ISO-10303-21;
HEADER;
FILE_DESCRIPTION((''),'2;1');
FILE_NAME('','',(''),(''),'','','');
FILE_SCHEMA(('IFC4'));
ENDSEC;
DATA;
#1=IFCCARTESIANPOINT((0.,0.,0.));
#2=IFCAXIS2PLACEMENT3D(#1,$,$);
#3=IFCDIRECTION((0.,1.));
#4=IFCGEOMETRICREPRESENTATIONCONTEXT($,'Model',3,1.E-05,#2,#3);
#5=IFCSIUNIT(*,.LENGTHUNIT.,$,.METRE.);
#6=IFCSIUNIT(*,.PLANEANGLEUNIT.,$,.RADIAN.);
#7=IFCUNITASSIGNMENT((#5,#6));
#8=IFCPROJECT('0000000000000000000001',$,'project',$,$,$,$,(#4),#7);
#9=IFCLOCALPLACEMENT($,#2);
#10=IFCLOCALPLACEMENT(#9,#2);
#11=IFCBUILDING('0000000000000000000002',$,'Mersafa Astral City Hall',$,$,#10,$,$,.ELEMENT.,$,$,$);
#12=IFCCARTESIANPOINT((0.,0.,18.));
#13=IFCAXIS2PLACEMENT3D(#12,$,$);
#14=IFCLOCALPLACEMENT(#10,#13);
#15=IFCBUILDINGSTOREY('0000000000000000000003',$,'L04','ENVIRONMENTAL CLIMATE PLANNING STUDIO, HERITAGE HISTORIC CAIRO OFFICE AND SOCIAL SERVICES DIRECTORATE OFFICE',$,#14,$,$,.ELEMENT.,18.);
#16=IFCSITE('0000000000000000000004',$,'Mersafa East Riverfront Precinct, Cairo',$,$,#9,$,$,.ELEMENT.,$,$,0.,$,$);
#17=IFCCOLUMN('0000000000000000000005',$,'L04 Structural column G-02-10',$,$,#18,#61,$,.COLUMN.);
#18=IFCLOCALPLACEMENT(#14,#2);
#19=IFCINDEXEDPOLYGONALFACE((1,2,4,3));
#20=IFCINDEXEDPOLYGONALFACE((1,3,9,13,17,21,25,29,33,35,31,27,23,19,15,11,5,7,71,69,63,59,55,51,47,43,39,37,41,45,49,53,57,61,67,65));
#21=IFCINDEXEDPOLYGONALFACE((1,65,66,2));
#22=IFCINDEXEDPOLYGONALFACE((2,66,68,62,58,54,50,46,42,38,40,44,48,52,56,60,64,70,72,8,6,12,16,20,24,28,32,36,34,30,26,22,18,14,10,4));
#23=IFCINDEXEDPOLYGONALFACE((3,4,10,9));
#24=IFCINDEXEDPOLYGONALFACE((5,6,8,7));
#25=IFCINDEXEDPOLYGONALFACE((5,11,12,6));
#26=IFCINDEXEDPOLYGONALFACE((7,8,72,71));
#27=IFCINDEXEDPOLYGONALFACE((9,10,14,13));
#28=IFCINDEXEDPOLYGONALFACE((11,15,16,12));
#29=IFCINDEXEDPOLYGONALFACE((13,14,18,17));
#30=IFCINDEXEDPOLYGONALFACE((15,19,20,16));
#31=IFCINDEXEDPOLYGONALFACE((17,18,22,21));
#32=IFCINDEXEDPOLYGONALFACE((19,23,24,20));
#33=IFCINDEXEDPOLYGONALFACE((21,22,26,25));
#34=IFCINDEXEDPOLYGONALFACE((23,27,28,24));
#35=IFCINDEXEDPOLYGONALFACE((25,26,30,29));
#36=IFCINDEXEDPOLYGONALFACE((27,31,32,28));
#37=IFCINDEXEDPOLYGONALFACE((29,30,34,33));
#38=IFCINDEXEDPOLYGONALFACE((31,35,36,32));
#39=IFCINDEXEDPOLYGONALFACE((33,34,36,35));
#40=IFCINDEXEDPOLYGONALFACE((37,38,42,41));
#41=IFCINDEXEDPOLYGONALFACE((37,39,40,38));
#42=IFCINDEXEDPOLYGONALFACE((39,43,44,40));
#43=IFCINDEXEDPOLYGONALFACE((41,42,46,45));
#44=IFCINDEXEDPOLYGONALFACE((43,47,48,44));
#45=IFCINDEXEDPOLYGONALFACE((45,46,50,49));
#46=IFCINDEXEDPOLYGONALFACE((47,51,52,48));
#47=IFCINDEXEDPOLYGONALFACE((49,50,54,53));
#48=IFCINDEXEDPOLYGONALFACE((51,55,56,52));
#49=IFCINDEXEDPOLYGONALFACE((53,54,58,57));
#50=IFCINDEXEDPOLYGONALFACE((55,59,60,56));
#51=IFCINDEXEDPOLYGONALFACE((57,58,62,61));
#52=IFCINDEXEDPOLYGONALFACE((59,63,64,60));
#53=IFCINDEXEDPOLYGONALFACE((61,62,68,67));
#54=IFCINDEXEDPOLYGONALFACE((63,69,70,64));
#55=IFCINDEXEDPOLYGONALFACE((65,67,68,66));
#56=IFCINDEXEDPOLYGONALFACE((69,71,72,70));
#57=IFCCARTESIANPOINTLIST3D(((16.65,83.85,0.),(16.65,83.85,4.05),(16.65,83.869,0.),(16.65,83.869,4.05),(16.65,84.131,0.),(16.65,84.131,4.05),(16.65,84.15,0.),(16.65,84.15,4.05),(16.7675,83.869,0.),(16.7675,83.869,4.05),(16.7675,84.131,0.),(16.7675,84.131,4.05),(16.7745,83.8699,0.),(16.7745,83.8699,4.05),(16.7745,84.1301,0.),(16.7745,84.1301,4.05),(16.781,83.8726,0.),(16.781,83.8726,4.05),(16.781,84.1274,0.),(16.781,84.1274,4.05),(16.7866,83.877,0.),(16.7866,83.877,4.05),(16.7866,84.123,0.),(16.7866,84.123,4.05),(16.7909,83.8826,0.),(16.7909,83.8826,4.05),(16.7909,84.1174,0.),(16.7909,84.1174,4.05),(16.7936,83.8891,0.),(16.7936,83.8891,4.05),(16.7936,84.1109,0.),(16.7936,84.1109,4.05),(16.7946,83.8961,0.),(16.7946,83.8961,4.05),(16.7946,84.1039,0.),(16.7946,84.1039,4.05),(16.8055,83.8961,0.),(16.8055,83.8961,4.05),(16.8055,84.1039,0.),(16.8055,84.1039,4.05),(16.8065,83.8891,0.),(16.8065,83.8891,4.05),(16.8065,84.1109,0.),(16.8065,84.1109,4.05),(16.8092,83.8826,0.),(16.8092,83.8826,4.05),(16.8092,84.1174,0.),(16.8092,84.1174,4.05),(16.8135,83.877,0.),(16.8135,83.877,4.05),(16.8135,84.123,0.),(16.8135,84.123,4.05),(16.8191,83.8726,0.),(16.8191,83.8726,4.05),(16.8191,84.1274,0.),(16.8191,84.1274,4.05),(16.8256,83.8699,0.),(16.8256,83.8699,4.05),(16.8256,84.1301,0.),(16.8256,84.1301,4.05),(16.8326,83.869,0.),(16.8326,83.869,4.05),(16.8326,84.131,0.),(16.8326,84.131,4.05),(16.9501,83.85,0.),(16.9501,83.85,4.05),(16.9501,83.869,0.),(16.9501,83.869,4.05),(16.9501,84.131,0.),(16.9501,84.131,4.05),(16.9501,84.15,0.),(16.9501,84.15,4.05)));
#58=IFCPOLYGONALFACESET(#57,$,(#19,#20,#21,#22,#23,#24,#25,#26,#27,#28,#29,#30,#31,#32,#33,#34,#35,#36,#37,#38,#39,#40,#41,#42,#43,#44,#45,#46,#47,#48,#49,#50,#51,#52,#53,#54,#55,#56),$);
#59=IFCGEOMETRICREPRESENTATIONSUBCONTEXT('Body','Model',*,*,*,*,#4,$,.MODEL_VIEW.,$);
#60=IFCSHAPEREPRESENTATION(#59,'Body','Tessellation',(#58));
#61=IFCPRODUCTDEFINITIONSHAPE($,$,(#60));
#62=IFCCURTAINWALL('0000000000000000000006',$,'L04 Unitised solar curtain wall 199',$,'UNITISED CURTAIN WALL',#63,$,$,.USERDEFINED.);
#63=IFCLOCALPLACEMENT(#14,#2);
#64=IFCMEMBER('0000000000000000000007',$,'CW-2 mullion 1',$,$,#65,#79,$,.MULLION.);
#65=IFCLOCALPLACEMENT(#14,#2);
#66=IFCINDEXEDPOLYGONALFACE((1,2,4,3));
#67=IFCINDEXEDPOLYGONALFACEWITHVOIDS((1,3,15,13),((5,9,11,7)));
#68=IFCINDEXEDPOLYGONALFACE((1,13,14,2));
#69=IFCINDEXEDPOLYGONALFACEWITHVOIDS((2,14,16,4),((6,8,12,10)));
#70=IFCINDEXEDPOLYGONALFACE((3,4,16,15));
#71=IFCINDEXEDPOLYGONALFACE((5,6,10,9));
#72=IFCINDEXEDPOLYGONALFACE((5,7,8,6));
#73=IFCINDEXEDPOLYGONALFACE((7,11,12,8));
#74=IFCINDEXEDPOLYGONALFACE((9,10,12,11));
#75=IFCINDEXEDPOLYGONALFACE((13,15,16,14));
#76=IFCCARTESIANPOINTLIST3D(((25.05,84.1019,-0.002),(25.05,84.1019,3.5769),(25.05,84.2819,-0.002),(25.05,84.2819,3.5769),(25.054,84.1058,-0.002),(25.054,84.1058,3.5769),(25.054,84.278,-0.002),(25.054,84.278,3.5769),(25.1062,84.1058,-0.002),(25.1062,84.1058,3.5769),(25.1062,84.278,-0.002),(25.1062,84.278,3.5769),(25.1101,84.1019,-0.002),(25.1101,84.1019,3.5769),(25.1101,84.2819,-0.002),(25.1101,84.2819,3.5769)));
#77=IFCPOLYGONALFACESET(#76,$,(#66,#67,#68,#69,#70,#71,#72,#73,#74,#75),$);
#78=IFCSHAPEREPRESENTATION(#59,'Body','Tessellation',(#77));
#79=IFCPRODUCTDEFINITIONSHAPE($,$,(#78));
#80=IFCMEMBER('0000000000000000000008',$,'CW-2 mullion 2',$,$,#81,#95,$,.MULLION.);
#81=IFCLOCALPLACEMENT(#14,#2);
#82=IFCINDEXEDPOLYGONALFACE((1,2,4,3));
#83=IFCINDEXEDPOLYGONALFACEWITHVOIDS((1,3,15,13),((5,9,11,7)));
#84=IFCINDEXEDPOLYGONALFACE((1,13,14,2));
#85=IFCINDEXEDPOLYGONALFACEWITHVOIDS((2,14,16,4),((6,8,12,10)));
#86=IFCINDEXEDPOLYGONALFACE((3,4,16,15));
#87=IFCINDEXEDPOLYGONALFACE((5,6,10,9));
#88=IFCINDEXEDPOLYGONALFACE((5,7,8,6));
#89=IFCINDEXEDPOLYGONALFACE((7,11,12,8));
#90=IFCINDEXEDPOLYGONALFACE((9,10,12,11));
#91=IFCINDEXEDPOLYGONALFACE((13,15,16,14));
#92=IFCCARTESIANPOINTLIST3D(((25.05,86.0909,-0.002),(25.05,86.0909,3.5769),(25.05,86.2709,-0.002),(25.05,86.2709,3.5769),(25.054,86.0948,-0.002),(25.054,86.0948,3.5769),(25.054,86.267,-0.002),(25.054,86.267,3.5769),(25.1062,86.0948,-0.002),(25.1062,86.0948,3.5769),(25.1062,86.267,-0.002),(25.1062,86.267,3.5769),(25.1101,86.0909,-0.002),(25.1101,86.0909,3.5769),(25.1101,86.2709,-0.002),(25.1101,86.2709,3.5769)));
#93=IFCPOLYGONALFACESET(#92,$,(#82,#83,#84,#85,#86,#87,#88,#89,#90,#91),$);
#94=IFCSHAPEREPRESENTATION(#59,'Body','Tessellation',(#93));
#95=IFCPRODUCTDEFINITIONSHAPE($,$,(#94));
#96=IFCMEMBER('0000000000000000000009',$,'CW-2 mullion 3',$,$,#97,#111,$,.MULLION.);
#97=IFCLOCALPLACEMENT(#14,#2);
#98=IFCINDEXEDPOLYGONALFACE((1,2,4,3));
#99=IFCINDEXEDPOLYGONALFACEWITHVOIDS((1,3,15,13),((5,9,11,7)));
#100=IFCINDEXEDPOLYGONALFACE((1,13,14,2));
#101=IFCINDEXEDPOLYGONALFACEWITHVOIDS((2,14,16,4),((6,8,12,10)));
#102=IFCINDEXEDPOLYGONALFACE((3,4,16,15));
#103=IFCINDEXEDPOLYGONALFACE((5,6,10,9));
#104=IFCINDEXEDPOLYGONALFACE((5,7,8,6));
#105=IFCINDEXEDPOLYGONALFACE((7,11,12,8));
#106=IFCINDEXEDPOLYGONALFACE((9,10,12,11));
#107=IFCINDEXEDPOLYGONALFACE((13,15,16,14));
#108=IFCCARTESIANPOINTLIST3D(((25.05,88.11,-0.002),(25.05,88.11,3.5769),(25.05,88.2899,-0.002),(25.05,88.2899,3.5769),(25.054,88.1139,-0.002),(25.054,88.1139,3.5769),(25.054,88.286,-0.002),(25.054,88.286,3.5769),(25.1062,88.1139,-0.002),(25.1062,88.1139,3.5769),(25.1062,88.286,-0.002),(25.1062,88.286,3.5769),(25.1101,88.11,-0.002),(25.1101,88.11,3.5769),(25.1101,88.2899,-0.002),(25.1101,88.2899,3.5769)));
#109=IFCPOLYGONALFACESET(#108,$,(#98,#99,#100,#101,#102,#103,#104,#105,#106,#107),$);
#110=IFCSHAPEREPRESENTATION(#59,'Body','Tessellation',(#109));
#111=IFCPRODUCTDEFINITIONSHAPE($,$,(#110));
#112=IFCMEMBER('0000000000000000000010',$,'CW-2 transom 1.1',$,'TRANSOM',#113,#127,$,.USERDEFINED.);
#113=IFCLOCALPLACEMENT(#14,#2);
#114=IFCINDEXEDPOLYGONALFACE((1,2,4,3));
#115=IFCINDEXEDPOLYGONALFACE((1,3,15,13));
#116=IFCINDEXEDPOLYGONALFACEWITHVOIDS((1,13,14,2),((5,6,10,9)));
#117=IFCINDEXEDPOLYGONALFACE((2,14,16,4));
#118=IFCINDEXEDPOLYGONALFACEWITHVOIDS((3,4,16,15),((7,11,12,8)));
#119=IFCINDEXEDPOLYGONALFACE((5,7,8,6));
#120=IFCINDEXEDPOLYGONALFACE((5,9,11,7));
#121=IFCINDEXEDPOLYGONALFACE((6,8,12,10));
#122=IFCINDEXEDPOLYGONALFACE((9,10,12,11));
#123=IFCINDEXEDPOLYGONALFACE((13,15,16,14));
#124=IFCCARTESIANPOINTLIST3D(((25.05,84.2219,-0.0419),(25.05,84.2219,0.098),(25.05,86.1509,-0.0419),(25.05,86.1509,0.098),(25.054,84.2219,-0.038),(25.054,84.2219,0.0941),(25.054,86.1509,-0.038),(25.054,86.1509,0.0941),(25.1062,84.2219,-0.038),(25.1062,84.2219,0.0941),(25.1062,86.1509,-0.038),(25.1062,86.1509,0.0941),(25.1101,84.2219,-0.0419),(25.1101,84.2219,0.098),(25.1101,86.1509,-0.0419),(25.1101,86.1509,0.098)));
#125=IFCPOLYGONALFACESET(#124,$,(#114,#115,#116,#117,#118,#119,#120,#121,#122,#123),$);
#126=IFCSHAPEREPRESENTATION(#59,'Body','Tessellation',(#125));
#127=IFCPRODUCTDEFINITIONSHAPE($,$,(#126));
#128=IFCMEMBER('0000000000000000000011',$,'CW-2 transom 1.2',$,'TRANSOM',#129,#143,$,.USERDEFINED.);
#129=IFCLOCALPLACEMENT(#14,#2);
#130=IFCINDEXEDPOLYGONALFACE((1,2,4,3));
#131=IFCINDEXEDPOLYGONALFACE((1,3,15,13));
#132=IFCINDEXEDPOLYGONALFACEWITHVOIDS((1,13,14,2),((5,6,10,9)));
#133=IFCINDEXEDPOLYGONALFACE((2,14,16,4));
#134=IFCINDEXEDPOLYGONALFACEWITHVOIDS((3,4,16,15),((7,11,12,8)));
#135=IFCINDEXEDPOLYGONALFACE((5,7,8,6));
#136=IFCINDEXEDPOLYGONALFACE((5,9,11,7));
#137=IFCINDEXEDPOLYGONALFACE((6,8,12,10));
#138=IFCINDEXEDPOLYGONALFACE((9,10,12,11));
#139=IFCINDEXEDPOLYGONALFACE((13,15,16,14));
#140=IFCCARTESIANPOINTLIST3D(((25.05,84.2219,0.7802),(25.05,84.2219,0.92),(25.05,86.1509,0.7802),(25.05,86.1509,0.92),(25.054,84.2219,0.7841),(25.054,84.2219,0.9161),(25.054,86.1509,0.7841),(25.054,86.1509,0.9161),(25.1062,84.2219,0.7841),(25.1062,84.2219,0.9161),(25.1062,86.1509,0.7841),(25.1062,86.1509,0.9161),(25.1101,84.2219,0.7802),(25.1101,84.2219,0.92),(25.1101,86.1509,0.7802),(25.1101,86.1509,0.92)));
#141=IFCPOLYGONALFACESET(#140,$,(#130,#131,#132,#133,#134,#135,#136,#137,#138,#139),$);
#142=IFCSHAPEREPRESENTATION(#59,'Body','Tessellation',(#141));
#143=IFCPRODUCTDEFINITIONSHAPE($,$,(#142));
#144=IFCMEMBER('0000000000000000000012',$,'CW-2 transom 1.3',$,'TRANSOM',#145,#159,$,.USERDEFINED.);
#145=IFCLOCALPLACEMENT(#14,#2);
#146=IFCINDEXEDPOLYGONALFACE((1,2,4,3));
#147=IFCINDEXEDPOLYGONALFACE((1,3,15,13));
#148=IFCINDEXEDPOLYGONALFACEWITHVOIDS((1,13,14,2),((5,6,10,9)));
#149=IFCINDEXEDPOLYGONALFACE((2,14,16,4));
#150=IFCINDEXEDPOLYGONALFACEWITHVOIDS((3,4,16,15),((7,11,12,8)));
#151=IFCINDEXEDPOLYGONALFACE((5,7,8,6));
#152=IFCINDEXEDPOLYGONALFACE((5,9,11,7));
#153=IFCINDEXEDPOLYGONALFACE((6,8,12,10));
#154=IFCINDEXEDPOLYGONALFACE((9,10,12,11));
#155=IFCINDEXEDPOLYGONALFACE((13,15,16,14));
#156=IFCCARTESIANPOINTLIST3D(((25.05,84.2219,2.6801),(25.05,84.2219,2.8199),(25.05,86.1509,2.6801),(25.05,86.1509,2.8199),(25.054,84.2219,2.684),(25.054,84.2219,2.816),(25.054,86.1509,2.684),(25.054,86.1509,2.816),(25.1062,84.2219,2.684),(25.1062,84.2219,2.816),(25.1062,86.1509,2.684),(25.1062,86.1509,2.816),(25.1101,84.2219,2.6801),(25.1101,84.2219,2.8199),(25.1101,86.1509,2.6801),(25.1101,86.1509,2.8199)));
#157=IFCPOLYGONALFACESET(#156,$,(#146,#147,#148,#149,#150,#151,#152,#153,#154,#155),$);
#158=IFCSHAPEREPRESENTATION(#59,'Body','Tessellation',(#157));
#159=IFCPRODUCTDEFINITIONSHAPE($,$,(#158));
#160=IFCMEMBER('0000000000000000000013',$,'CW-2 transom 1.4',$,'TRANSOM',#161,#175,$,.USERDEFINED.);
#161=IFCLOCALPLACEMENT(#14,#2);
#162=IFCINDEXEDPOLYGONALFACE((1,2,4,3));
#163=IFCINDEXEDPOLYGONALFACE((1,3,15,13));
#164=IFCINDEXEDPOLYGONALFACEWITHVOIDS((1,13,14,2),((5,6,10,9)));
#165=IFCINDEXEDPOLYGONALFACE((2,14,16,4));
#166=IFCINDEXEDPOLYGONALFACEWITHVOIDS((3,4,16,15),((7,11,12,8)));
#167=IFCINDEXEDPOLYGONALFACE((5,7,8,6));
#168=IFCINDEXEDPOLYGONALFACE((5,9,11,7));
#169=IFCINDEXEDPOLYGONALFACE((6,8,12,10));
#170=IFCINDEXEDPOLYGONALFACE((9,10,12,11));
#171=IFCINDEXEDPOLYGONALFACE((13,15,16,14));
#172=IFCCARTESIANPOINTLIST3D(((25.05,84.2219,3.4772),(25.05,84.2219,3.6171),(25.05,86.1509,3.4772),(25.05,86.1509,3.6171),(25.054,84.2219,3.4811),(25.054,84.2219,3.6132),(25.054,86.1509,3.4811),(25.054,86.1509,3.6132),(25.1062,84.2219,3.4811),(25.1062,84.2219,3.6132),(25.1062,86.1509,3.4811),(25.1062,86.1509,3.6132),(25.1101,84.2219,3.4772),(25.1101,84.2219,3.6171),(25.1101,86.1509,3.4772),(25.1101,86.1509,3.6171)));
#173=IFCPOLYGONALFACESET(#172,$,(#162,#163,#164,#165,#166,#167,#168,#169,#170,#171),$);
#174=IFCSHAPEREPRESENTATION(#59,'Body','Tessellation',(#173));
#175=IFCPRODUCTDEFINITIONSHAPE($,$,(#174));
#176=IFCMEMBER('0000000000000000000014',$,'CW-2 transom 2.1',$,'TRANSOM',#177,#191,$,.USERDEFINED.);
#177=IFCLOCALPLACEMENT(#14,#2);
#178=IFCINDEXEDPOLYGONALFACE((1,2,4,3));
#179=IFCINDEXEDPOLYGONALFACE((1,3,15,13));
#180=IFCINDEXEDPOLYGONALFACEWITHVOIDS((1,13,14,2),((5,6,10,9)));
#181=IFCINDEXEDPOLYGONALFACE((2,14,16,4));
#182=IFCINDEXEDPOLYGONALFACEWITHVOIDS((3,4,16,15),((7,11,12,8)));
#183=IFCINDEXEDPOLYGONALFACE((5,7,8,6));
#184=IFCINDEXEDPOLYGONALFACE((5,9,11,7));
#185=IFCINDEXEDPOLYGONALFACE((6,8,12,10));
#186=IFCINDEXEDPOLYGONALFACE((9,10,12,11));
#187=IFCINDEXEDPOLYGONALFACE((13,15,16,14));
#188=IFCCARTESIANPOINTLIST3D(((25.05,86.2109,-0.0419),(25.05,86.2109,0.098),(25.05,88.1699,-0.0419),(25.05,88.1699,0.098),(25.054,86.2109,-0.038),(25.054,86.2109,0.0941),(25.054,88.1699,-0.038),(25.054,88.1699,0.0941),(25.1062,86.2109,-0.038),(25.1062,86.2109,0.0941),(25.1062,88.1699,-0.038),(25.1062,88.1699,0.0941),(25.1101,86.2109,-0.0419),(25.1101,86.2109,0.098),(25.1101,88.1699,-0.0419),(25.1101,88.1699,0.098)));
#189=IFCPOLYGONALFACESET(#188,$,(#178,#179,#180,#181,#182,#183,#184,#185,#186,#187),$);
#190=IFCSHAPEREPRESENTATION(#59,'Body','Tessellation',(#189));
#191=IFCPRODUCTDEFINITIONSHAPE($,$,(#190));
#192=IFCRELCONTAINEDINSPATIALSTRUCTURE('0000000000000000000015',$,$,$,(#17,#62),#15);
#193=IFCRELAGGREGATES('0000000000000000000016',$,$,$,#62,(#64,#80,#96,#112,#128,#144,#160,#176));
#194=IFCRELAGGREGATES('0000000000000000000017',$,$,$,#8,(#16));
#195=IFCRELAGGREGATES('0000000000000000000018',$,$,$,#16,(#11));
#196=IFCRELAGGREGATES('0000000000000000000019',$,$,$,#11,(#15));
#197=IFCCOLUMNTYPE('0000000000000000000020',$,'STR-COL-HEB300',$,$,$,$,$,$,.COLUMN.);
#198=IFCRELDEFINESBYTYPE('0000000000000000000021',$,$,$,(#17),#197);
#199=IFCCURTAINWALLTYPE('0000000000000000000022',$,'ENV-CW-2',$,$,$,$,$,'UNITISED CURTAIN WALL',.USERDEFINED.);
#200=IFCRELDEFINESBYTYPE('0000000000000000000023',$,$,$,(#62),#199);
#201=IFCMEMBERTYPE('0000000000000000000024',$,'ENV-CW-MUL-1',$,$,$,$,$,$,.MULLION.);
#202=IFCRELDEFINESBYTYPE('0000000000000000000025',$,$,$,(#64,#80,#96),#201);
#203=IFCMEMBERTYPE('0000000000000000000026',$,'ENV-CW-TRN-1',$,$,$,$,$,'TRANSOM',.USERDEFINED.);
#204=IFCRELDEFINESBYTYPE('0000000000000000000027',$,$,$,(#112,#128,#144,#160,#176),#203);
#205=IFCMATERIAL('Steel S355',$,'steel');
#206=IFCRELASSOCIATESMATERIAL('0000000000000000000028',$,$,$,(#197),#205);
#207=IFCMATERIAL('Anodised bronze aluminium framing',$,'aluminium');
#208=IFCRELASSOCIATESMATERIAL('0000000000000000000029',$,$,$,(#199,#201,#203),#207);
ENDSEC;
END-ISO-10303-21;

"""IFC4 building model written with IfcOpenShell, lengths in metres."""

from ifc_helpers import new_model, si_unit, direction, frame, origin, origin_2d, place, context, subcontext, project, spatial, hollow_rectangle, i_section, extrude, material, material_profile, profile_set, type_object, element, aggregate, save


model = new_model("IFC4")

# Units and contexts
model_context = context("Model", 3, precision=1e-05, world=origin(), true_north=direction((0.0, 1.0)))
body_context = subcontext(model_context, "Body", "Model", "MODEL_VIEW")
ifc_project = project(units=[si_unit("LENGTHUNIT", "METRE"), si_unit("PLANEANGLEUNIT", "RADIAN")], contexts=[model_context])

# Site, building, storey
site_placement = place(None, origin())
site = spatial("IfcSite", under=ifc_project, at=site_placement, Name="Mersafa East Riverfront Precinct, Cairo", CompositionType="ELEMENT", RefElevation=0.0)
building_placement = place(site_placement, origin())
building = spatial("IfcBuilding", under=site, at=building_placement, Name="Mersafa Astral City Hall", CompositionType="ELEMENT")
storey_placement = place(building_placement, frame((0.0, 0.0, 18.0)))
storey = spatial("IfcBuildingStorey", under=building, at=storey_placement, Name="L04", Description="ENVIRONMENTAL CLIMATE PLANNING STUDIO, HERITAGE HISTORIC CAIRO OFFICE AND SOCIAL SERVICES DIRECTORATE OFFICE", CompositionType="ELEMENT", Elevation=18.0)

# Column
ifc_material_1 = material(Name="Steel S355", Category="steel")
ifc_material_profile_1 = material_profile(ifc_material_1, i_section(OverallWidth=0.3, OverallDepth=0.3, WebThickness=0.011, FlangeThickness=0.019, FilletRadius=0.0271, at=origin_2d()), Name="HEB 300")
ifc_profile_set_1 = profile_set([ifc_material_profile_1], Name="Steel S355")
column_type = type_object("IfcColumnType", Name="STR-COL-HEB300", PredefinedType="COLUMN", material=ifc_profile_set_1)
column_placement = place(storey_placement, frame((16.8, 84.0, 0.0), z_axis=(0.0, 0.0, 1.0), x_axis=(1.0, 0.0, 0.0)))
element("IfcColumn", 1, at=column_placement, inside=storey, type_object=column_type, Name="L04 Structural column G-02-10", PredefinedType="COLUMN", context=body_context, shape_type="SweptSolid", body=[
    extrude(i_section(OverallWidth=0.3, OverallDepth=0.3, WebThickness=0.011, FlangeThickness=0.019, FilletRadius=0.0271, at=origin_2d()), origin(), (0.0, 0.0, 1.0), 4.05),
])

# Curtain wall, members
ifc_material_2 = material(Name="Anodised bronze aluminium framing", Category="aluminium")
curtain_wall_type = type_object("IfcCurtainWallType", Name="ENV-CW-2", ElementType="UNITISED CURTAIN WALL", PredefinedType="USERDEFINED", material=ifc_material_2)
curtain_wall_placement = place(storey_placement, origin())
curtain_wall = element("IfcCurtainWall", 2, at=curtain_wall_placement, inside=storey, type_object=curtain_wall_type, Name="L04 Unitised solar curtain wall 199", ObjectType="UNITISED CURTAIN WALL", PredefinedType="USERDEFINED")
ifc_material_profile_2 = material_profile(ifc_material_2, hollow_rectangle(XDim=0.0601, YDim=0.1799, WallThickness=0.0039, at=origin_2d()), Name="RHS 60x180x4")
ifc_profile_set_2 = profile_set([ifc_material_profile_2], Name="Anodised bronze aluminium framing")
member_type_1 = type_object("IfcMemberType", Name="ENV-CW-MUL-1", PredefinedType="MULLION", material=ifc_profile_set_2)
member_1_placement = place(storey_placement, frame((25.0801, 84.1919, -0.002), z_axis=(0.0, 0.0, 1.0), x_axis=(-1.0, 0.0, 0.0)))
member_1 = element("IfcMember", 3, at=member_1_placement, type_object=member_type_1, Name="CW-2 mullion 1", PredefinedType="MULLION", context=body_context, shape_type="SweptSolid", body=[
    extrude(hollow_rectangle(XDim=0.0601, YDim=0.1799, WallThickness=0.0039, at=origin_2d()), origin(), (0.0, 0.0, 1.0), 3.5789),
])
member_2_placement = place(storey_placement, frame((25.0801, 86.1809, -0.002), z_axis=(0.0, 0.0, 1.0), x_axis=(-1.0, 0.0, 0.0)))
member_2 = element("IfcMember", 4, at=member_2_placement, type_object=member_type_1, Name="CW-2 mullion 2", PredefinedType="MULLION", context=body_context, shape_type="SweptSolid", body=[
    extrude(hollow_rectangle(XDim=0.0601, YDim=0.1799, WallThickness=0.0039, at=origin_2d()), origin(), (0.0, 0.0, 1.0), 3.5789),
])
member_3_placement = place(storey_placement, frame((25.0801, 88.2, -0.002), z_axis=(0.0, 0.0, 1.0), x_axis=(-1.0, 0.0, 0.0)))
member_3 = element("IfcMember", 5, at=member_3_placement, type_object=member_type_1, Name="CW-2 mullion 3", PredefinedType="MULLION", context=body_context, shape_type="SweptSolid", body=[
    extrude(hollow_rectangle(XDim=0.0601, YDim=0.1799, WallThickness=0.0039, at=origin_2d()), origin(), (0.0, 0.0, 1.0), 3.5789),
])
ifc_material_profile_3 = material_profile(ifc_material_2, hollow_rectangle(XDim=0.0601, YDim=0.1399, WallThickness=0.0039, at=origin_2d()), Name="RHS 60x140x4")
ifc_profile_set_3 = profile_set([ifc_material_profile_3], Name="Anodised bronze aluminium framing")
member_type_2 = type_object("IfcMemberType", Name="ENV-CW-TRN-1", ElementType="TRANSOM", PredefinedType="USERDEFINED", material=ifc_profile_set_3)
member_4_placement = place(storey_placement, frame((25.0801, 84.2219, 0.0281), z_axis=(0.0, 1.0, 0.0), x_axis=(-1.0, 0.0, 0.0)))
member_4 = element("IfcMember", 6, at=member_4_placement, type_object=member_type_2, Name="CW-2 transom 1.1", ObjectType="TRANSOM", PredefinedType="USERDEFINED", context=body_context, shape_type="SweptSolid", body=[
    extrude(hollow_rectangle(XDim=0.0601, YDim=0.1399, WallThickness=0.0039, at=origin_2d()), origin(), (0.0, 0.0, 1.0), 1.929),
])
member_5_placement = place(storey_placement, frame((25.0801, 84.2219, 0.8501), z_axis=(0.0, 1.0, 0.0), x_axis=(-1.0, 0.0, 0.0)))
member_5 = element("IfcMember", 7, at=member_5_placement, type_object=member_type_2, Name="CW-2 transom 1.2", ObjectType="TRANSOM", PredefinedType="USERDEFINED", context=body_context, shape_type="SweptSolid", body=[
    extrude(hollow_rectangle(XDim=0.0601, YDim=0.1399, WallThickness=0.0039, at=origin_2d()), origin(), (0.0, 0.0, 1.0), 1.929),
])
member_6_placement = place(storey_placement, frame((25.0801, 84.2219, 2.75), z_axis=(0.0, 1.0, 0.0), x_axis=(-1.0, 0.0, 0.0)))
member_6 = element("IfcMember", 8, at=member_6_placement, type_object=member_type_2, Name="CW-2 transom 1.3", ObjectType="TRANSOM", PredefinedType="USERDEFINED", context=body_context, shape_type="SweptSolid", body=[
    extrude(hollow_rectangle(XDim=0.0601, YDim=0.1399, WallThickness=0.0039, at=origin_2d()), origin(), (0.0, 0.0, 1.0), 1.929),
])
member_7_placement = place(storey_placement, frame((25.0801, 84.2219, 3.5471), z_axis=(0.0, 1.0, 0.0), x_axis=(-1.0, 0.0, 0.0)))
member_7 = element("IfcMember", 9, at=member_7_placement, type_object=member_type_2, Name="CW-2 transom 1.4", ObjectType="TRANSOM", PredefinedType="USERDEFINED", context=body_context, shape_type="SweptSolid", body=[
    extrude(hollow_rectangle(XDim=0.0601, YDim=0.1399, WallThickness=0.0039, at=origin_2d()), origin(), (0.0, 0.0, 1.0), 1.929),
])
member_8_placement = place(storey_placement, frame((25.0801, 86.2109, 0.0281), z_axis=(0.0, 1.0, 0.0), x_axis=(-1.0, 0.0, 0.0)))
member_8 = element("IfcMember", 10, at=member_8_placement, type_object=member_type_2, Name="CW-2 transom 2.1", ObjectType="TRANSOM", PredefinedType="USERDEFINED", context=body_context, shape_type="SweptSolid", body=[
    extrude(hollow_rectangle(XDim=0.0601, YDim=0.1399, WallThickness=0.0039, at=origin_2d()), origin(), (0.0, 0.0, 1.0), 1.959),
])

aggregate(curtain_wall, [member_1, member_2, member_3, member_4, member_5, member_6, member_7, member_8])

save(model, "model.ifc")
